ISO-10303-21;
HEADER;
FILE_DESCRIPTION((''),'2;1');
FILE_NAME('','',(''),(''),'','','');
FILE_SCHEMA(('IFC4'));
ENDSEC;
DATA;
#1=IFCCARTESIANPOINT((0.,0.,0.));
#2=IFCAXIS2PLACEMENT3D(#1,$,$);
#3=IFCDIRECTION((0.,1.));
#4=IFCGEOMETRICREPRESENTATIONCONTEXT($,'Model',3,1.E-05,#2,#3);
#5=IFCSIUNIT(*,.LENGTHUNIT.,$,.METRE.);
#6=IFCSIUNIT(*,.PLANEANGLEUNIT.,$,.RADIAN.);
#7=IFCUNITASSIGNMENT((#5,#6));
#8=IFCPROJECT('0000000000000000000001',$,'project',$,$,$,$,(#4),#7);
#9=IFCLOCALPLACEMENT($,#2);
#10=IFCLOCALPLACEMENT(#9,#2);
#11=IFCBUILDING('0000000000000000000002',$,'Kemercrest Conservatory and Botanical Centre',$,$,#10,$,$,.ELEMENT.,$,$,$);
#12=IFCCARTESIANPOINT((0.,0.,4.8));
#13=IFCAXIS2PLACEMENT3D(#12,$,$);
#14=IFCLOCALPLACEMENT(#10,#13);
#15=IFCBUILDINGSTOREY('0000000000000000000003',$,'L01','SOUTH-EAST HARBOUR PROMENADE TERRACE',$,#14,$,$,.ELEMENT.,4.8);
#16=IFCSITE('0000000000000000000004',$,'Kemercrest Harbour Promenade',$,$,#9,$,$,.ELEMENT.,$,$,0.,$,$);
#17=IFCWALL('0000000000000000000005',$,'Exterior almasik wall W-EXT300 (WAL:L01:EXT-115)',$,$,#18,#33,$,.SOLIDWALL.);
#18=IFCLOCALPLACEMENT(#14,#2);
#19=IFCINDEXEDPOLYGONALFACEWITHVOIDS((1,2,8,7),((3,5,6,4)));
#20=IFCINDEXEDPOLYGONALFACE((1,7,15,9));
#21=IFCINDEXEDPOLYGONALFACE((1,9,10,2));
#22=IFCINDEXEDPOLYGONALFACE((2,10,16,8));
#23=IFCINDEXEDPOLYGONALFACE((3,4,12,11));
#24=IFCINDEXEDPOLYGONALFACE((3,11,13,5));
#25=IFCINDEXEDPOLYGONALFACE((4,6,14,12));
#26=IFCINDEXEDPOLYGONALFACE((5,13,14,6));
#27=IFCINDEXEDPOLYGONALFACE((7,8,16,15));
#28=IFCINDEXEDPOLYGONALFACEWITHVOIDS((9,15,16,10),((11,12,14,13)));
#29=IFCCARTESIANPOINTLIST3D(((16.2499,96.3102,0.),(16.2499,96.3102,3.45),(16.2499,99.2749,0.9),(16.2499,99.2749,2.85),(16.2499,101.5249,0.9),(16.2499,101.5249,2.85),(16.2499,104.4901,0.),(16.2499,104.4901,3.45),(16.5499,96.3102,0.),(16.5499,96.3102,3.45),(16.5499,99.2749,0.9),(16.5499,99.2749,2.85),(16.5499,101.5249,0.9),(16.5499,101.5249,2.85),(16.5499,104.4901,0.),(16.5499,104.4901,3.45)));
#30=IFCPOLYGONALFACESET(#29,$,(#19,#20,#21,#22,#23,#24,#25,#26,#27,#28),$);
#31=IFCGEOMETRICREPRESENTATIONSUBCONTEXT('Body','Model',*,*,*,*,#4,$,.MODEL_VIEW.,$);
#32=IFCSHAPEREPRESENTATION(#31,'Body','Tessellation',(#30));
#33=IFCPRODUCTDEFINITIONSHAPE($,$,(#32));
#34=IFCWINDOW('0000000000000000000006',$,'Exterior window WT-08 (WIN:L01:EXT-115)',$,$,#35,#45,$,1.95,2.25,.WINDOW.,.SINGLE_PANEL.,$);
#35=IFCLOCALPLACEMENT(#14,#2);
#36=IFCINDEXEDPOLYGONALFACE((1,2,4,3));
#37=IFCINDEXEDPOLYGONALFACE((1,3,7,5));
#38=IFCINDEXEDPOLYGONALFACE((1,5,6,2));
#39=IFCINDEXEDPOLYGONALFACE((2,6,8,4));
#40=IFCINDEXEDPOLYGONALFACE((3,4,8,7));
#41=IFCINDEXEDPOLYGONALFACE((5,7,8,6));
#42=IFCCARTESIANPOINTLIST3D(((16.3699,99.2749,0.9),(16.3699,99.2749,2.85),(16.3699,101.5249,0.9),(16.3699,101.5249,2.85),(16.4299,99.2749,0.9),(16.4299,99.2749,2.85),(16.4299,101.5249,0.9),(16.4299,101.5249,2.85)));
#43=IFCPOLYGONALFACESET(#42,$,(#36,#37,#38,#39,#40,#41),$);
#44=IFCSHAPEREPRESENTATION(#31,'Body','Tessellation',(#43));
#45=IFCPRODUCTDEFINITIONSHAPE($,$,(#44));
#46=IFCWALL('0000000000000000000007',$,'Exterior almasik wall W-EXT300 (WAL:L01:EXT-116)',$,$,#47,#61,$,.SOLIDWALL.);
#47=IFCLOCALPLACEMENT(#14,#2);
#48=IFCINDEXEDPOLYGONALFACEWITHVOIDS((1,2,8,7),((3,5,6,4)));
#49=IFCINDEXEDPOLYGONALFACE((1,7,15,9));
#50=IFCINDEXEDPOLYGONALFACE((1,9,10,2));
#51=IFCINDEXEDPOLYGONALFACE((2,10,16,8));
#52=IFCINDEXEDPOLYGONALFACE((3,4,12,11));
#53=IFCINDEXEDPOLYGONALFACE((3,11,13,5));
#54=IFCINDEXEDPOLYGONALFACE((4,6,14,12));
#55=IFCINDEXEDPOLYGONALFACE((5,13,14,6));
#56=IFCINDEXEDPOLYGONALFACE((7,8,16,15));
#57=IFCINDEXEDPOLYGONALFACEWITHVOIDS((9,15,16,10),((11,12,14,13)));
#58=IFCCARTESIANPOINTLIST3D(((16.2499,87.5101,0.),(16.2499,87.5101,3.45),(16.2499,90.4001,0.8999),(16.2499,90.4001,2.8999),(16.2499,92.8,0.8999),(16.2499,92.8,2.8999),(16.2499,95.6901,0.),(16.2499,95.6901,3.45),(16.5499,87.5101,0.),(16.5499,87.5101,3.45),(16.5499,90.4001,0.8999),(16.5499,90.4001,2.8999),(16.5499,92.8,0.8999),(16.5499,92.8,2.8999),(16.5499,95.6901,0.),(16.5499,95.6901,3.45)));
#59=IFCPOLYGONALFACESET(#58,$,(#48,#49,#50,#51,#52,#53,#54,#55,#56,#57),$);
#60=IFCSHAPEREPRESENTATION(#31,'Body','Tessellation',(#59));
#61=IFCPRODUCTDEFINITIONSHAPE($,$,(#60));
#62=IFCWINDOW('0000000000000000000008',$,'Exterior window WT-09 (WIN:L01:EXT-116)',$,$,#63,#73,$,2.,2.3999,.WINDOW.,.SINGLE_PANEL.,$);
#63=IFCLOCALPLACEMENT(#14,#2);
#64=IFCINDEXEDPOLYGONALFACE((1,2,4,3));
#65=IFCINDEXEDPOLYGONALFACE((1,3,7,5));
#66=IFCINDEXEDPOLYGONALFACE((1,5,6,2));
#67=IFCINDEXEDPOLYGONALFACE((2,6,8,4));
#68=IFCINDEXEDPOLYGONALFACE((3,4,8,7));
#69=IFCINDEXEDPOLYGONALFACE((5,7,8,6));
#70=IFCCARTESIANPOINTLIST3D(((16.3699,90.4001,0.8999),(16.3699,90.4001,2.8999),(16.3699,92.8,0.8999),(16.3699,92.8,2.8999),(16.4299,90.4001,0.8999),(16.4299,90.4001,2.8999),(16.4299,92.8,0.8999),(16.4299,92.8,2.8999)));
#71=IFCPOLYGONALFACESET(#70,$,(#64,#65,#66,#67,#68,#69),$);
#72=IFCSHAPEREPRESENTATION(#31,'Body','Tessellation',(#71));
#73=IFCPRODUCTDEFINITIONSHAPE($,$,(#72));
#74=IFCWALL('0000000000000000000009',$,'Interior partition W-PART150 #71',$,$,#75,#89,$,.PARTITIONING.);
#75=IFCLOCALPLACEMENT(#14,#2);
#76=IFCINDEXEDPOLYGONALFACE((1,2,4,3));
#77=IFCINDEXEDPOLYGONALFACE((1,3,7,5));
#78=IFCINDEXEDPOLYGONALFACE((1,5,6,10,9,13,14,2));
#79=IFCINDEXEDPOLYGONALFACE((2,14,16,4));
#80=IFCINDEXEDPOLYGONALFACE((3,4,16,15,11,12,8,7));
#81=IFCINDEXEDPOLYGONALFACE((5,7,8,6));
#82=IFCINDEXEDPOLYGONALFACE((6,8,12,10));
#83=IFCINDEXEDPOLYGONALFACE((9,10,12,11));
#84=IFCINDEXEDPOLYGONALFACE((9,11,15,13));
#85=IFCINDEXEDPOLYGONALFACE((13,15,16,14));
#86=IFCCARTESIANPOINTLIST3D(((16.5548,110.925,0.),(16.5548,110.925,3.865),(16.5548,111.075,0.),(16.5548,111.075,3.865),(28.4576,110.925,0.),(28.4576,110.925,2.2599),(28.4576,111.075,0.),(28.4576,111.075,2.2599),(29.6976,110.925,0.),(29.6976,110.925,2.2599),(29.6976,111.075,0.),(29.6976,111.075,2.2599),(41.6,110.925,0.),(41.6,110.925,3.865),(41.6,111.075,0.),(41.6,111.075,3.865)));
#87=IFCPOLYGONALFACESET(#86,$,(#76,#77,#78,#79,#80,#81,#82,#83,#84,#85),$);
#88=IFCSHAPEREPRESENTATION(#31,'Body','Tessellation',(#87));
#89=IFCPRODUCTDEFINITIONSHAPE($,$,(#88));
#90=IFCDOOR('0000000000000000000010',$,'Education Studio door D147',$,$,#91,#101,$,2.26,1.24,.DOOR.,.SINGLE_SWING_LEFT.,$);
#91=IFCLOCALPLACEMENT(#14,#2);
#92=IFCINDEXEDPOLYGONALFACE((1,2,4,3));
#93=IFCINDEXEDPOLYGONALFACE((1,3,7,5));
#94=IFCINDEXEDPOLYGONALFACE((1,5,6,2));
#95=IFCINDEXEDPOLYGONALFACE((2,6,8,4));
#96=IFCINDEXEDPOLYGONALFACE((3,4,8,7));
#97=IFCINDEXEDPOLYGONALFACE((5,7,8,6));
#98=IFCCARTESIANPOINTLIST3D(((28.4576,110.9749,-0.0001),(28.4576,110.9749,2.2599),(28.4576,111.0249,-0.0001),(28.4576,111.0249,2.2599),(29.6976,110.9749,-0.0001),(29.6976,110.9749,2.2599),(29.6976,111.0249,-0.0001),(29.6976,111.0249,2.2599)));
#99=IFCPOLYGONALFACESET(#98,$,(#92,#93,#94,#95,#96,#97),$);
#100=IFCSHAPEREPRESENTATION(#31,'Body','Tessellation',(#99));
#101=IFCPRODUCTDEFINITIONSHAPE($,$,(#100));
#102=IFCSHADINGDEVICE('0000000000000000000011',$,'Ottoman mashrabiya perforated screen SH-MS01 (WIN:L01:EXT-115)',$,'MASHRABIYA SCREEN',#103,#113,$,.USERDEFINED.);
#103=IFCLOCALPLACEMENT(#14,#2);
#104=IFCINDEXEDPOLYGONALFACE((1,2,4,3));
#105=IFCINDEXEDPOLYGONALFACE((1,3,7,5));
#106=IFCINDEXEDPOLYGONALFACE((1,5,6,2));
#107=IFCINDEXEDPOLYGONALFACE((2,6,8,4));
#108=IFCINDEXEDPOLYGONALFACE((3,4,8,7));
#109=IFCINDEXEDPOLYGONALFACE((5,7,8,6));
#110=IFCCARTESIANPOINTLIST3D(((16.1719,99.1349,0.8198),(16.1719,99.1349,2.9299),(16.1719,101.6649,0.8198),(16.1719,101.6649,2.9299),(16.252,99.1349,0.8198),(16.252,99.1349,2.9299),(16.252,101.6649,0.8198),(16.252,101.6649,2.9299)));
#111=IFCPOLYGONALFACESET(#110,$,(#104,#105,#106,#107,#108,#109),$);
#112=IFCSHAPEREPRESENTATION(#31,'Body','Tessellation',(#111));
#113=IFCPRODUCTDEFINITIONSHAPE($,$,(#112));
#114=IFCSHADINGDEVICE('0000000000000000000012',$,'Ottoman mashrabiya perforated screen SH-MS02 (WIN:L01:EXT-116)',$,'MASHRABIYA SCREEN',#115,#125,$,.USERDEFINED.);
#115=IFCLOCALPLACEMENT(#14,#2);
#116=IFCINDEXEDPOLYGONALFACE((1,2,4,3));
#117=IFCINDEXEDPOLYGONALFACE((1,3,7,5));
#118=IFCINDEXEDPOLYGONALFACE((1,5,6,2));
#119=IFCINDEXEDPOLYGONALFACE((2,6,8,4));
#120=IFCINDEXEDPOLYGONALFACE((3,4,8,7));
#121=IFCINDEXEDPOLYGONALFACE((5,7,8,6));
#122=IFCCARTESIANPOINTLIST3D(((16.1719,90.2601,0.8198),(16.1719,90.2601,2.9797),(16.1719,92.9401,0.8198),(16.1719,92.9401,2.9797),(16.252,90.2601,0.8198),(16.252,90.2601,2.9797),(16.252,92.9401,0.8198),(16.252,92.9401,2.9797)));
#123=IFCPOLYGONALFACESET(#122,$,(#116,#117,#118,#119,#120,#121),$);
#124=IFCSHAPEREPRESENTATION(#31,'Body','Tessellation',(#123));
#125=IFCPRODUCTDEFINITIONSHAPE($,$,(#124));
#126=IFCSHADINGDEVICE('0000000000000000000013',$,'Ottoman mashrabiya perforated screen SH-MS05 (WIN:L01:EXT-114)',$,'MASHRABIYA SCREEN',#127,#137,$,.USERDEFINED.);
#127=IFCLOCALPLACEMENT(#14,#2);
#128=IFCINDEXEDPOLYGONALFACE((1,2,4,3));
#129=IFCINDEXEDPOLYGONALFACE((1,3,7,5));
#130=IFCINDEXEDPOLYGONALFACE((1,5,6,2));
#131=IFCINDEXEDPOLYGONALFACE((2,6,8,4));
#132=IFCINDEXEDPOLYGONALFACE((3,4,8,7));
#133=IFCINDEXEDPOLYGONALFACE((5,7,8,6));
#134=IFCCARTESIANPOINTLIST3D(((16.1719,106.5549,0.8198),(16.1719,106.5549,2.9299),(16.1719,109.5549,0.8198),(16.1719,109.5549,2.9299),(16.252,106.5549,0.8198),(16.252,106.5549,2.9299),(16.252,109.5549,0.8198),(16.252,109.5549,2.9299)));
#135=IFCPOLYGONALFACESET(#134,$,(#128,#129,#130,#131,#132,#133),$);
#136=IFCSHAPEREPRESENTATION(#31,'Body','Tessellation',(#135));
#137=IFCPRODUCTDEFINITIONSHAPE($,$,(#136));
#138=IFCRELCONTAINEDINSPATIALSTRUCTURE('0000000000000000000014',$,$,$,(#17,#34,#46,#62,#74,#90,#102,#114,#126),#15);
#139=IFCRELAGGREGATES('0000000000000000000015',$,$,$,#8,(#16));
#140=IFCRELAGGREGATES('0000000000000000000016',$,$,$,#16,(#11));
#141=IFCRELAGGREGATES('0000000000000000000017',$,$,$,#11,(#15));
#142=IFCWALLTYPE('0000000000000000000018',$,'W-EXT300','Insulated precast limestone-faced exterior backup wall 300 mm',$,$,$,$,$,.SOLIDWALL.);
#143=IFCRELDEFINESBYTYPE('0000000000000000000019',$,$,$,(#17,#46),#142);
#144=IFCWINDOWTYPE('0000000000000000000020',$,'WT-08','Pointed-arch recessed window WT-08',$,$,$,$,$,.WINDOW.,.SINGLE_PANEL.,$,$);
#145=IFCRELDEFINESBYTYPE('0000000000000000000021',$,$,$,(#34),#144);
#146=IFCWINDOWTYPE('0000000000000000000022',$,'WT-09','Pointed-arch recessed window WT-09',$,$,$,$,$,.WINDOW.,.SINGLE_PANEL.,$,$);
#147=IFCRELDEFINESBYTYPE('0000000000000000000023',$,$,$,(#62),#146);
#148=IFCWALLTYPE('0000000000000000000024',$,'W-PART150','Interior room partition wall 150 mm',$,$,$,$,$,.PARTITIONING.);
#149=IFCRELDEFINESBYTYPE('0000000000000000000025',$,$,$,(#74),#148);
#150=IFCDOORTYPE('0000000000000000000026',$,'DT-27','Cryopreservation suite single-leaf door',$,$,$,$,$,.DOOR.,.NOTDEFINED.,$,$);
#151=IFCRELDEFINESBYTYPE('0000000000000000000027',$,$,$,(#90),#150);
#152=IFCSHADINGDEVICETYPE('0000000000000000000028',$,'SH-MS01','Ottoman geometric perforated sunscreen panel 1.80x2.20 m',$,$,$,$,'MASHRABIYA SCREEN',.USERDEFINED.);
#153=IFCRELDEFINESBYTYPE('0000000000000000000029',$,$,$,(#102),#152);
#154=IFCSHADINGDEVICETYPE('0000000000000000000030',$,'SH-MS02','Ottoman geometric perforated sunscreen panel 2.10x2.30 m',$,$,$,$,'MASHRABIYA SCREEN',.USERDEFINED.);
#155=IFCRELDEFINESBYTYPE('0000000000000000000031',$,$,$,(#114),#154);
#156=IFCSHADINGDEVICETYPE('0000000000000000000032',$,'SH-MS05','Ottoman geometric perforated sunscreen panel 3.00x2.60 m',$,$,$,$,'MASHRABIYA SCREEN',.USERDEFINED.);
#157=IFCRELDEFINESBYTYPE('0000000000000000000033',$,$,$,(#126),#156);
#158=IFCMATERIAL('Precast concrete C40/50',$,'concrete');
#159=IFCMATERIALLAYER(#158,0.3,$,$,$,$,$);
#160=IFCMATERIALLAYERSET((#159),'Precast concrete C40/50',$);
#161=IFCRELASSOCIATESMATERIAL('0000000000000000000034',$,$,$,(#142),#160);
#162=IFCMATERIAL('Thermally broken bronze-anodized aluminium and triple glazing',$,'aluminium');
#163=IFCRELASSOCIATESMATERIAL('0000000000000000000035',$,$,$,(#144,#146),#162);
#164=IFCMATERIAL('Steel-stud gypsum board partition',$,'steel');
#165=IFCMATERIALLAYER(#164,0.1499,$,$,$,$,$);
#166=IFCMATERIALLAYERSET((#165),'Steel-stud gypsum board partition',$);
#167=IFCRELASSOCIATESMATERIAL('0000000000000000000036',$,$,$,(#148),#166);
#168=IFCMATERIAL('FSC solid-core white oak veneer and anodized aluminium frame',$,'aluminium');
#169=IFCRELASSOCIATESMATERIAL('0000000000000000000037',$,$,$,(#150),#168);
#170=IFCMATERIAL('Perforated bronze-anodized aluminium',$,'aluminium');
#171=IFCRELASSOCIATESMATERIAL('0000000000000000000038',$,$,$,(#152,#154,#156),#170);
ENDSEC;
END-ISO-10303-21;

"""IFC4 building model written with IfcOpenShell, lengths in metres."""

from ifc_helpers import new_model, si_unit, direction, frame, frame_2d, origin, origin_2d, place, context, subcontext, project, spatial, rectangle, extrude, material, layer, layer_set, type_object, element, fill, save


model = new_model("IFC4")

# Units and contexts
model_context = context("Model", 3, precision=1e-05, world=origin(), true_north=direction((0.0, 1.0)))
body_context = subcontext(model_context, "Body", "Model", "MODEL_VIEW")
ifc_project = project(units=[si_unit("LENGTHUNIT", "METRE"), si_unit("PLANEANGLEUNIT", "RADIAN")], contexts=[model_context])

# Site, building, storey
site_placement = place(None, origin())
site = spatial("IfcSite", under=ifc_project, at=site_placement, Name="Kemercrest Harbour Promenade", CompositionType="ELEMENT", RefElevation=0.0)
building_placement = place(site_placement, origin())
building = spatial("IfcBuilding", under=site, at=building_placement, Name="Kemercrest Conservatory and Botanical Centre", CompositionType="ELEMENT")
storey_placement = place(building_placement, frame((0.0, 0.0, 4.8)))
storey = spatial("IfcBuildingStorey", under=building, at=storey_placement, Name="L01", Description="SOUTH-EAST HARBOUR PROMENADE TERRACE", CompositionType="ELEMENT", Elevation=4.8)

# Shared definitions
ifc_material_1 = material(Name="Precast concrete C40/50", Category="concrete")

# Walls, openings, windows
ifc_layer_1 = layer(ifc_material_1, 0.3)
ifc_layer_set_1 = layer_set([ifc_layer_1], Name="Precast concrete C40/50")
wall_type_1 = type_object("IfcWallType", Name="W-EXT300", Description="Insulated precast limestone-faced exterior backup wall 300 mm", PredefinedType="SOLIDWALL", material=ifc_layer_set_1)
wall_1_placement = place(storey_placement, frame((16.3999, 104.49, 0.0), z_axis=(0.0, 0.0, 1.0), x_axis=(0.0, -1.0, 0.0)))
wall_1 = element("IfcWall", 1, at=wall_1_placement, inside=storey, type_object=wall_type_1, Name="Exterior almasik wall W-EXT300 (WAL:L01:EXT-115)", PredefinedType="SOLIDWALL", context=body_context, shape_type="SweptSolid", body=[
    extrude(rectangle(XDim=8.1799, YDim=0.3, at=frame_2d((4.0898, 0.0))), origin(), (0.0, 0.0, 1.0), 3.45),
])
opening_1_placement = place(wall_1_placement, frame((2.9651, 0.0, 0.8999)))
opening_1 = element("IfcOpeningElement", 2, at=opening_1_placement, cuts=wall_1, PredefinedType="OPENING", context=body_context, shape_type="SweptSolid", body=[
    extrude(rectangle(XDim=2.25, YDim=1.95, at=frame_2d((1.125, 0.9751))), frame((0.0, 0.1602, 0.0), z_axis=(0.0, -1.0, 0.0), x_axis=(1.0, 0.0, 0.0)), (0.0, 0.0, 1.0), 0.3201),
])
ifc_material_2 = material(Name="Thermally broken bronze-anodized aluminium and triple glazing", Category="aluminium")
window_type_1 = type_object("IfcWindowType", Name="WT-08", Description="Pointed-arch recessed window WT-08", PartitioningType="SINGLE_PANEL", PredefinedType="WINDOW", material=ifc_material_2)
window_1_placement = place(opening_1_placement, origin())
window_1 = element("IfcWindow", 3, at=window_1_placement, inside=storey, type_object=window_type_1, Name="Exterior window WT-08 (WIN:L01:EXT-115)", OverallHeight=1.95, OverallWidth=2.25, PartitioningType="SINGLE_PANEL", PredefinedType="WINDOW", context=body_context, shape_type="SweptSolid", body=[
    extrude(rectangle(XDim=2.25, YDim=1.95, at=frame_2d((1.125, 0.9751))), frame((0.0, 0.03, 0.0), z_axis=(0.0, -1.0, 0.0), x_axis=(1.0, 0.0, 0.0)), (0.0, 0.0, 1.0), 0.0601),
])
fill(opening_1, window_1)
wall_2_placement = place(storey_placement, frame((16.3999, 95.6899, 0.0), z_axis=(0.0, 0.0, 1.0), x_axis=(0.0, -1.0, 0.0)))
wall_2 = element("IfcWall", 4, at=wall_2_placement, inside=storey, type_object=wall_type_1, Name="Exterior almasik wall W-EXT300 (WAL:L01:EXT-116)", PredefinedType="SOLIDWALL", context=body_context, shape_type="SweptSolid", body=[
    extrude(rectangle(XDim=8.1799, YDim=0.3, at=frame_2d((4.0898, 0.0))), origin(), (0.0, 0.0, 1.0), 3.45),
])
opening_2_placement = place(wall_2_placement, frame((2.8899, 0.0, 0.8999)))
opening_2 = element("IfcOpeningElement", 5, at=opening_2_placement, cuts=wall_2, PredefinedType="OPENING", context=body_context, shape_type="SweptSolid", body=[
    extrude(rectangle(XDim=2.3999, YDim=2.0, at=frame_2d((1.2, 1.0))), frame((0.0, 0.1602, 0.0), z_axis=(0.0, -1.0, 0.0), x_axis=(1.0, 0.0, 0.0)), (0.0, 0.0, 1.0), 0.3201),
])
window_type_2 = type_object("IfcWindowType", Name="WT-09", Description="Pointed-arch recessed window WT-09", PartitioningType="SINGLE_PANEL", PredefinedType="WINDOW", material=ifc_material_2)
window_2_placement = place(opening_2_placement, origin())
window_2 = element("IfcWindow", 6, at=window_2_placement, inside=storey, type_object=window_type_2, Name="Exterior window WT-09 (WIN:L01:EXT-116)", OverallHeight=2.0, OverallWidth=2.3999, PartitioningType="SINGLE_PANEL", PredefinedType="WINDOW", context=body_context, shape_type="SweptSolid", body=[
    extrude(rectangle(XDim=2.3999, YDim=2.0, at=frame_2d((1.2, 1.0))), frame((0.0, 0.03, 0.0), z_axis=(0.0, -1.0, 0.0), x_axis=(1.0, 0.0, 0.0)), (0.0, 0.0, 1.0), 0.0601),
])
fill(opening_2, window_2)

# Wall, opening, door
ifc_material_3 = material(Name="Steel-stud gypsum board partition", Category="steel")
ifc_layer_2 = layer(ifc_material_3, 0.1499)
ifc_layer_set_2 = layer_set([ifc_layer_2], Name="Steel-stud gypsum board partition")
wall_type_2 = type_object("IfcWallType", Name="W-PART150", Description="Interior room partition wall 150 mm", PredefinedType="PARTITIONING", material=ifc_layer_set_2)
wall_3_placement = place(storey_placement, frame((16.5549, 111.0, 0.0), z_axis=(0.0, 0.0, 1.0), x_axis=(1.0, 0.0, 0.0)))
wall_3 = element("IfcWall", 7, at=wall_3_placement, inside=storey, type_object=wall_type_2, Name="Interior partition W-PART150 #71", PredefinedType="PARTITIONING", context=body_context, shape_type="SweptSolid", body=[
    extrude(rectangle(XDim=25.0452, YDim=0.1499, at=frame_2d((12.5225, 0.0))), origin(), (0.0, 0.0, 1.0), 3.865),
])
opening_3_placement = place(wall_3_placement, frame((11.9026, 0.0, 0.0)))
opening_3 = element("IfcOpeningElement", 8, at=opening_3_placement, cuts=wall_3, PredefinedType="OPENING", context=body_context, shape_type="SweptSolid", body=[
    extrude(rectangle(XDim=1.24, YDim=2.26, at=frame_2d((0.6201, 1.1299))), frame((0.0, 0.085, 0.0), z_axis=(0.0, -1.0, 0.0), x_axis=(1.0, 0.0, 0.0)), (0.0, 0.0, 1.0), 0.1699),
])
ifc_material_4 = material(Name="FSC solid-core white oak veneer and anodized aluminium frame", Category="aluminium")
door_type = type_object("IfcDoorType", Name="DT-27", Description="Cryopreservation suite single-leaf door", OperationType="NOTDEFINED", PredefinedType="DOOR", material=ifc_material_4)
door_placement = place(opening_3_placement, origin())
door = element("IfcDoor", 9, at=door_placement, inside=storey, type_object=door_type, Name="Education Studio door D147", OperationType="SINGLE_SWING_LEFT", OverallHeight=2.26, OverallWidth=1.24, PredefinedType="DOOR", context=body_context, shape_type="SweptSolid", body=[
    extrude(rectangle(XDim=1.24, YDim=2.26, at=frame_2d((0.6201, 1.1299))), frame((0.0, 0.0249, 0.0), z_axis=(0.0, -1.0, 0.0), x_axis=(1.0, 0.0, 0.0)), (0.0, 0.0, 1.0), 0.05),
])
fill(opening_3, door)

# Shading devices
ifc_material_5 = material(Name="Perforated bronze-anodized aluminium", Category="aluminium")
shading_device_type_1 = type_object("IfcShadingDeviceType", Name="SH-MS01", Description="Ottoman geometric perforated sunscreen panel 1.80x2.20 m", ElementType="MASHRABIYA SCREEN", PredefinedType="USERDEFINED", material=ifc_material_5)
shading_device_1_placement = place(storey_placement, frame((16.2119, 100.3999, 0.8198), z_axis=(0.0, 0.0, 1.0), x_axis=(0.0, -1.0, 0.0)))
element("IfcShadingDevice", 10, at=shading_device_1_placement, inside=storey, type_object=shading_device_type_1, Name="Ottoman mashrabiya perforated screen SH-MS01 (WIN:L01:EXT-115)", ObjectType="MASHRABIYA SCREEN", PredefinedType="USERDEFINED", context=body_context, shape_type="SweptSolid", body=[
    extrude(rectangle(XDim=2.53, YDim=0.0801, at=origin_2d()), origin(), (0.0, 0.0, 1.0), 2.1101),
])
shading_device_type_2 = type_object("IfcShadingDeviceType", Name="SH-MS02", Description="Ottoman geometric perforated sunscreen panel 2.10x2.30 m", ElementType="MASHRABIYA SCREEN", PredefinedType="USERDEFINED", material=ifc_material_5)
shading_device_2_placement = place(storey_placement, frame((16.2119, 91.6001, 0.8198), z_axis=(0.0, 0.0, 1.0), x_axis=(0.0, -1.0, 0.0)))
element("IfcShadingDevice", 11, at=shading_device_2_placement, inside=storey, type_object=shading_device_type_2, Name="Ottoman mashrabiya perforated screen SH-MS02 (WIN:L01:EXT-116)", ObjectType="MASHRABIYA SCREEN", PredefinedType="USERDEFINED", context=body_context, shape_type="SweptSolid", body=[
    extrude(rectangle(XDim=2.6799, YDim=0.0801, at=origin_2d()), origin(), (0.0, 0.0, 1.0), 2.1599),
])
shading_device_type_3 = type_object("IfcShadingDeviceType", Name="SH-MS05", Description="Ottoman geometric perforated sunscreen panel 3.00x2.60 m", ElementType="MASHRABIYA SCREEN", PredefinedType="USERDEFINED", material=ifc_material_5)
shading_device_3_placement = place(storey_placement, frame((16.2119, 108.0549, 0.8198), z_axis=(0.0, 0.0, 1.0), x_axis=(0.0, -1.0, 0.0)))
element("IfcShadingDevice", 12, at=shading_device_3_placement, inside=storey, type_object=shading_device_type_3, Name="Ottoman mashrabiya perforated screen SH-MS05 (WIN:L01:EXT-114)", ObjectType="MASHRABIYA SCREEN", PredefinedType="USERDEFINED", context=body_context, shape_type="SweptSolid", body=[
    extrude(rectangle(XDim=3.0, YDim=0.0801, at=origin_2d()), origin(), (0.0, 0.0, 1.0), 2.1101),
])

save(model, "model.ifc")
